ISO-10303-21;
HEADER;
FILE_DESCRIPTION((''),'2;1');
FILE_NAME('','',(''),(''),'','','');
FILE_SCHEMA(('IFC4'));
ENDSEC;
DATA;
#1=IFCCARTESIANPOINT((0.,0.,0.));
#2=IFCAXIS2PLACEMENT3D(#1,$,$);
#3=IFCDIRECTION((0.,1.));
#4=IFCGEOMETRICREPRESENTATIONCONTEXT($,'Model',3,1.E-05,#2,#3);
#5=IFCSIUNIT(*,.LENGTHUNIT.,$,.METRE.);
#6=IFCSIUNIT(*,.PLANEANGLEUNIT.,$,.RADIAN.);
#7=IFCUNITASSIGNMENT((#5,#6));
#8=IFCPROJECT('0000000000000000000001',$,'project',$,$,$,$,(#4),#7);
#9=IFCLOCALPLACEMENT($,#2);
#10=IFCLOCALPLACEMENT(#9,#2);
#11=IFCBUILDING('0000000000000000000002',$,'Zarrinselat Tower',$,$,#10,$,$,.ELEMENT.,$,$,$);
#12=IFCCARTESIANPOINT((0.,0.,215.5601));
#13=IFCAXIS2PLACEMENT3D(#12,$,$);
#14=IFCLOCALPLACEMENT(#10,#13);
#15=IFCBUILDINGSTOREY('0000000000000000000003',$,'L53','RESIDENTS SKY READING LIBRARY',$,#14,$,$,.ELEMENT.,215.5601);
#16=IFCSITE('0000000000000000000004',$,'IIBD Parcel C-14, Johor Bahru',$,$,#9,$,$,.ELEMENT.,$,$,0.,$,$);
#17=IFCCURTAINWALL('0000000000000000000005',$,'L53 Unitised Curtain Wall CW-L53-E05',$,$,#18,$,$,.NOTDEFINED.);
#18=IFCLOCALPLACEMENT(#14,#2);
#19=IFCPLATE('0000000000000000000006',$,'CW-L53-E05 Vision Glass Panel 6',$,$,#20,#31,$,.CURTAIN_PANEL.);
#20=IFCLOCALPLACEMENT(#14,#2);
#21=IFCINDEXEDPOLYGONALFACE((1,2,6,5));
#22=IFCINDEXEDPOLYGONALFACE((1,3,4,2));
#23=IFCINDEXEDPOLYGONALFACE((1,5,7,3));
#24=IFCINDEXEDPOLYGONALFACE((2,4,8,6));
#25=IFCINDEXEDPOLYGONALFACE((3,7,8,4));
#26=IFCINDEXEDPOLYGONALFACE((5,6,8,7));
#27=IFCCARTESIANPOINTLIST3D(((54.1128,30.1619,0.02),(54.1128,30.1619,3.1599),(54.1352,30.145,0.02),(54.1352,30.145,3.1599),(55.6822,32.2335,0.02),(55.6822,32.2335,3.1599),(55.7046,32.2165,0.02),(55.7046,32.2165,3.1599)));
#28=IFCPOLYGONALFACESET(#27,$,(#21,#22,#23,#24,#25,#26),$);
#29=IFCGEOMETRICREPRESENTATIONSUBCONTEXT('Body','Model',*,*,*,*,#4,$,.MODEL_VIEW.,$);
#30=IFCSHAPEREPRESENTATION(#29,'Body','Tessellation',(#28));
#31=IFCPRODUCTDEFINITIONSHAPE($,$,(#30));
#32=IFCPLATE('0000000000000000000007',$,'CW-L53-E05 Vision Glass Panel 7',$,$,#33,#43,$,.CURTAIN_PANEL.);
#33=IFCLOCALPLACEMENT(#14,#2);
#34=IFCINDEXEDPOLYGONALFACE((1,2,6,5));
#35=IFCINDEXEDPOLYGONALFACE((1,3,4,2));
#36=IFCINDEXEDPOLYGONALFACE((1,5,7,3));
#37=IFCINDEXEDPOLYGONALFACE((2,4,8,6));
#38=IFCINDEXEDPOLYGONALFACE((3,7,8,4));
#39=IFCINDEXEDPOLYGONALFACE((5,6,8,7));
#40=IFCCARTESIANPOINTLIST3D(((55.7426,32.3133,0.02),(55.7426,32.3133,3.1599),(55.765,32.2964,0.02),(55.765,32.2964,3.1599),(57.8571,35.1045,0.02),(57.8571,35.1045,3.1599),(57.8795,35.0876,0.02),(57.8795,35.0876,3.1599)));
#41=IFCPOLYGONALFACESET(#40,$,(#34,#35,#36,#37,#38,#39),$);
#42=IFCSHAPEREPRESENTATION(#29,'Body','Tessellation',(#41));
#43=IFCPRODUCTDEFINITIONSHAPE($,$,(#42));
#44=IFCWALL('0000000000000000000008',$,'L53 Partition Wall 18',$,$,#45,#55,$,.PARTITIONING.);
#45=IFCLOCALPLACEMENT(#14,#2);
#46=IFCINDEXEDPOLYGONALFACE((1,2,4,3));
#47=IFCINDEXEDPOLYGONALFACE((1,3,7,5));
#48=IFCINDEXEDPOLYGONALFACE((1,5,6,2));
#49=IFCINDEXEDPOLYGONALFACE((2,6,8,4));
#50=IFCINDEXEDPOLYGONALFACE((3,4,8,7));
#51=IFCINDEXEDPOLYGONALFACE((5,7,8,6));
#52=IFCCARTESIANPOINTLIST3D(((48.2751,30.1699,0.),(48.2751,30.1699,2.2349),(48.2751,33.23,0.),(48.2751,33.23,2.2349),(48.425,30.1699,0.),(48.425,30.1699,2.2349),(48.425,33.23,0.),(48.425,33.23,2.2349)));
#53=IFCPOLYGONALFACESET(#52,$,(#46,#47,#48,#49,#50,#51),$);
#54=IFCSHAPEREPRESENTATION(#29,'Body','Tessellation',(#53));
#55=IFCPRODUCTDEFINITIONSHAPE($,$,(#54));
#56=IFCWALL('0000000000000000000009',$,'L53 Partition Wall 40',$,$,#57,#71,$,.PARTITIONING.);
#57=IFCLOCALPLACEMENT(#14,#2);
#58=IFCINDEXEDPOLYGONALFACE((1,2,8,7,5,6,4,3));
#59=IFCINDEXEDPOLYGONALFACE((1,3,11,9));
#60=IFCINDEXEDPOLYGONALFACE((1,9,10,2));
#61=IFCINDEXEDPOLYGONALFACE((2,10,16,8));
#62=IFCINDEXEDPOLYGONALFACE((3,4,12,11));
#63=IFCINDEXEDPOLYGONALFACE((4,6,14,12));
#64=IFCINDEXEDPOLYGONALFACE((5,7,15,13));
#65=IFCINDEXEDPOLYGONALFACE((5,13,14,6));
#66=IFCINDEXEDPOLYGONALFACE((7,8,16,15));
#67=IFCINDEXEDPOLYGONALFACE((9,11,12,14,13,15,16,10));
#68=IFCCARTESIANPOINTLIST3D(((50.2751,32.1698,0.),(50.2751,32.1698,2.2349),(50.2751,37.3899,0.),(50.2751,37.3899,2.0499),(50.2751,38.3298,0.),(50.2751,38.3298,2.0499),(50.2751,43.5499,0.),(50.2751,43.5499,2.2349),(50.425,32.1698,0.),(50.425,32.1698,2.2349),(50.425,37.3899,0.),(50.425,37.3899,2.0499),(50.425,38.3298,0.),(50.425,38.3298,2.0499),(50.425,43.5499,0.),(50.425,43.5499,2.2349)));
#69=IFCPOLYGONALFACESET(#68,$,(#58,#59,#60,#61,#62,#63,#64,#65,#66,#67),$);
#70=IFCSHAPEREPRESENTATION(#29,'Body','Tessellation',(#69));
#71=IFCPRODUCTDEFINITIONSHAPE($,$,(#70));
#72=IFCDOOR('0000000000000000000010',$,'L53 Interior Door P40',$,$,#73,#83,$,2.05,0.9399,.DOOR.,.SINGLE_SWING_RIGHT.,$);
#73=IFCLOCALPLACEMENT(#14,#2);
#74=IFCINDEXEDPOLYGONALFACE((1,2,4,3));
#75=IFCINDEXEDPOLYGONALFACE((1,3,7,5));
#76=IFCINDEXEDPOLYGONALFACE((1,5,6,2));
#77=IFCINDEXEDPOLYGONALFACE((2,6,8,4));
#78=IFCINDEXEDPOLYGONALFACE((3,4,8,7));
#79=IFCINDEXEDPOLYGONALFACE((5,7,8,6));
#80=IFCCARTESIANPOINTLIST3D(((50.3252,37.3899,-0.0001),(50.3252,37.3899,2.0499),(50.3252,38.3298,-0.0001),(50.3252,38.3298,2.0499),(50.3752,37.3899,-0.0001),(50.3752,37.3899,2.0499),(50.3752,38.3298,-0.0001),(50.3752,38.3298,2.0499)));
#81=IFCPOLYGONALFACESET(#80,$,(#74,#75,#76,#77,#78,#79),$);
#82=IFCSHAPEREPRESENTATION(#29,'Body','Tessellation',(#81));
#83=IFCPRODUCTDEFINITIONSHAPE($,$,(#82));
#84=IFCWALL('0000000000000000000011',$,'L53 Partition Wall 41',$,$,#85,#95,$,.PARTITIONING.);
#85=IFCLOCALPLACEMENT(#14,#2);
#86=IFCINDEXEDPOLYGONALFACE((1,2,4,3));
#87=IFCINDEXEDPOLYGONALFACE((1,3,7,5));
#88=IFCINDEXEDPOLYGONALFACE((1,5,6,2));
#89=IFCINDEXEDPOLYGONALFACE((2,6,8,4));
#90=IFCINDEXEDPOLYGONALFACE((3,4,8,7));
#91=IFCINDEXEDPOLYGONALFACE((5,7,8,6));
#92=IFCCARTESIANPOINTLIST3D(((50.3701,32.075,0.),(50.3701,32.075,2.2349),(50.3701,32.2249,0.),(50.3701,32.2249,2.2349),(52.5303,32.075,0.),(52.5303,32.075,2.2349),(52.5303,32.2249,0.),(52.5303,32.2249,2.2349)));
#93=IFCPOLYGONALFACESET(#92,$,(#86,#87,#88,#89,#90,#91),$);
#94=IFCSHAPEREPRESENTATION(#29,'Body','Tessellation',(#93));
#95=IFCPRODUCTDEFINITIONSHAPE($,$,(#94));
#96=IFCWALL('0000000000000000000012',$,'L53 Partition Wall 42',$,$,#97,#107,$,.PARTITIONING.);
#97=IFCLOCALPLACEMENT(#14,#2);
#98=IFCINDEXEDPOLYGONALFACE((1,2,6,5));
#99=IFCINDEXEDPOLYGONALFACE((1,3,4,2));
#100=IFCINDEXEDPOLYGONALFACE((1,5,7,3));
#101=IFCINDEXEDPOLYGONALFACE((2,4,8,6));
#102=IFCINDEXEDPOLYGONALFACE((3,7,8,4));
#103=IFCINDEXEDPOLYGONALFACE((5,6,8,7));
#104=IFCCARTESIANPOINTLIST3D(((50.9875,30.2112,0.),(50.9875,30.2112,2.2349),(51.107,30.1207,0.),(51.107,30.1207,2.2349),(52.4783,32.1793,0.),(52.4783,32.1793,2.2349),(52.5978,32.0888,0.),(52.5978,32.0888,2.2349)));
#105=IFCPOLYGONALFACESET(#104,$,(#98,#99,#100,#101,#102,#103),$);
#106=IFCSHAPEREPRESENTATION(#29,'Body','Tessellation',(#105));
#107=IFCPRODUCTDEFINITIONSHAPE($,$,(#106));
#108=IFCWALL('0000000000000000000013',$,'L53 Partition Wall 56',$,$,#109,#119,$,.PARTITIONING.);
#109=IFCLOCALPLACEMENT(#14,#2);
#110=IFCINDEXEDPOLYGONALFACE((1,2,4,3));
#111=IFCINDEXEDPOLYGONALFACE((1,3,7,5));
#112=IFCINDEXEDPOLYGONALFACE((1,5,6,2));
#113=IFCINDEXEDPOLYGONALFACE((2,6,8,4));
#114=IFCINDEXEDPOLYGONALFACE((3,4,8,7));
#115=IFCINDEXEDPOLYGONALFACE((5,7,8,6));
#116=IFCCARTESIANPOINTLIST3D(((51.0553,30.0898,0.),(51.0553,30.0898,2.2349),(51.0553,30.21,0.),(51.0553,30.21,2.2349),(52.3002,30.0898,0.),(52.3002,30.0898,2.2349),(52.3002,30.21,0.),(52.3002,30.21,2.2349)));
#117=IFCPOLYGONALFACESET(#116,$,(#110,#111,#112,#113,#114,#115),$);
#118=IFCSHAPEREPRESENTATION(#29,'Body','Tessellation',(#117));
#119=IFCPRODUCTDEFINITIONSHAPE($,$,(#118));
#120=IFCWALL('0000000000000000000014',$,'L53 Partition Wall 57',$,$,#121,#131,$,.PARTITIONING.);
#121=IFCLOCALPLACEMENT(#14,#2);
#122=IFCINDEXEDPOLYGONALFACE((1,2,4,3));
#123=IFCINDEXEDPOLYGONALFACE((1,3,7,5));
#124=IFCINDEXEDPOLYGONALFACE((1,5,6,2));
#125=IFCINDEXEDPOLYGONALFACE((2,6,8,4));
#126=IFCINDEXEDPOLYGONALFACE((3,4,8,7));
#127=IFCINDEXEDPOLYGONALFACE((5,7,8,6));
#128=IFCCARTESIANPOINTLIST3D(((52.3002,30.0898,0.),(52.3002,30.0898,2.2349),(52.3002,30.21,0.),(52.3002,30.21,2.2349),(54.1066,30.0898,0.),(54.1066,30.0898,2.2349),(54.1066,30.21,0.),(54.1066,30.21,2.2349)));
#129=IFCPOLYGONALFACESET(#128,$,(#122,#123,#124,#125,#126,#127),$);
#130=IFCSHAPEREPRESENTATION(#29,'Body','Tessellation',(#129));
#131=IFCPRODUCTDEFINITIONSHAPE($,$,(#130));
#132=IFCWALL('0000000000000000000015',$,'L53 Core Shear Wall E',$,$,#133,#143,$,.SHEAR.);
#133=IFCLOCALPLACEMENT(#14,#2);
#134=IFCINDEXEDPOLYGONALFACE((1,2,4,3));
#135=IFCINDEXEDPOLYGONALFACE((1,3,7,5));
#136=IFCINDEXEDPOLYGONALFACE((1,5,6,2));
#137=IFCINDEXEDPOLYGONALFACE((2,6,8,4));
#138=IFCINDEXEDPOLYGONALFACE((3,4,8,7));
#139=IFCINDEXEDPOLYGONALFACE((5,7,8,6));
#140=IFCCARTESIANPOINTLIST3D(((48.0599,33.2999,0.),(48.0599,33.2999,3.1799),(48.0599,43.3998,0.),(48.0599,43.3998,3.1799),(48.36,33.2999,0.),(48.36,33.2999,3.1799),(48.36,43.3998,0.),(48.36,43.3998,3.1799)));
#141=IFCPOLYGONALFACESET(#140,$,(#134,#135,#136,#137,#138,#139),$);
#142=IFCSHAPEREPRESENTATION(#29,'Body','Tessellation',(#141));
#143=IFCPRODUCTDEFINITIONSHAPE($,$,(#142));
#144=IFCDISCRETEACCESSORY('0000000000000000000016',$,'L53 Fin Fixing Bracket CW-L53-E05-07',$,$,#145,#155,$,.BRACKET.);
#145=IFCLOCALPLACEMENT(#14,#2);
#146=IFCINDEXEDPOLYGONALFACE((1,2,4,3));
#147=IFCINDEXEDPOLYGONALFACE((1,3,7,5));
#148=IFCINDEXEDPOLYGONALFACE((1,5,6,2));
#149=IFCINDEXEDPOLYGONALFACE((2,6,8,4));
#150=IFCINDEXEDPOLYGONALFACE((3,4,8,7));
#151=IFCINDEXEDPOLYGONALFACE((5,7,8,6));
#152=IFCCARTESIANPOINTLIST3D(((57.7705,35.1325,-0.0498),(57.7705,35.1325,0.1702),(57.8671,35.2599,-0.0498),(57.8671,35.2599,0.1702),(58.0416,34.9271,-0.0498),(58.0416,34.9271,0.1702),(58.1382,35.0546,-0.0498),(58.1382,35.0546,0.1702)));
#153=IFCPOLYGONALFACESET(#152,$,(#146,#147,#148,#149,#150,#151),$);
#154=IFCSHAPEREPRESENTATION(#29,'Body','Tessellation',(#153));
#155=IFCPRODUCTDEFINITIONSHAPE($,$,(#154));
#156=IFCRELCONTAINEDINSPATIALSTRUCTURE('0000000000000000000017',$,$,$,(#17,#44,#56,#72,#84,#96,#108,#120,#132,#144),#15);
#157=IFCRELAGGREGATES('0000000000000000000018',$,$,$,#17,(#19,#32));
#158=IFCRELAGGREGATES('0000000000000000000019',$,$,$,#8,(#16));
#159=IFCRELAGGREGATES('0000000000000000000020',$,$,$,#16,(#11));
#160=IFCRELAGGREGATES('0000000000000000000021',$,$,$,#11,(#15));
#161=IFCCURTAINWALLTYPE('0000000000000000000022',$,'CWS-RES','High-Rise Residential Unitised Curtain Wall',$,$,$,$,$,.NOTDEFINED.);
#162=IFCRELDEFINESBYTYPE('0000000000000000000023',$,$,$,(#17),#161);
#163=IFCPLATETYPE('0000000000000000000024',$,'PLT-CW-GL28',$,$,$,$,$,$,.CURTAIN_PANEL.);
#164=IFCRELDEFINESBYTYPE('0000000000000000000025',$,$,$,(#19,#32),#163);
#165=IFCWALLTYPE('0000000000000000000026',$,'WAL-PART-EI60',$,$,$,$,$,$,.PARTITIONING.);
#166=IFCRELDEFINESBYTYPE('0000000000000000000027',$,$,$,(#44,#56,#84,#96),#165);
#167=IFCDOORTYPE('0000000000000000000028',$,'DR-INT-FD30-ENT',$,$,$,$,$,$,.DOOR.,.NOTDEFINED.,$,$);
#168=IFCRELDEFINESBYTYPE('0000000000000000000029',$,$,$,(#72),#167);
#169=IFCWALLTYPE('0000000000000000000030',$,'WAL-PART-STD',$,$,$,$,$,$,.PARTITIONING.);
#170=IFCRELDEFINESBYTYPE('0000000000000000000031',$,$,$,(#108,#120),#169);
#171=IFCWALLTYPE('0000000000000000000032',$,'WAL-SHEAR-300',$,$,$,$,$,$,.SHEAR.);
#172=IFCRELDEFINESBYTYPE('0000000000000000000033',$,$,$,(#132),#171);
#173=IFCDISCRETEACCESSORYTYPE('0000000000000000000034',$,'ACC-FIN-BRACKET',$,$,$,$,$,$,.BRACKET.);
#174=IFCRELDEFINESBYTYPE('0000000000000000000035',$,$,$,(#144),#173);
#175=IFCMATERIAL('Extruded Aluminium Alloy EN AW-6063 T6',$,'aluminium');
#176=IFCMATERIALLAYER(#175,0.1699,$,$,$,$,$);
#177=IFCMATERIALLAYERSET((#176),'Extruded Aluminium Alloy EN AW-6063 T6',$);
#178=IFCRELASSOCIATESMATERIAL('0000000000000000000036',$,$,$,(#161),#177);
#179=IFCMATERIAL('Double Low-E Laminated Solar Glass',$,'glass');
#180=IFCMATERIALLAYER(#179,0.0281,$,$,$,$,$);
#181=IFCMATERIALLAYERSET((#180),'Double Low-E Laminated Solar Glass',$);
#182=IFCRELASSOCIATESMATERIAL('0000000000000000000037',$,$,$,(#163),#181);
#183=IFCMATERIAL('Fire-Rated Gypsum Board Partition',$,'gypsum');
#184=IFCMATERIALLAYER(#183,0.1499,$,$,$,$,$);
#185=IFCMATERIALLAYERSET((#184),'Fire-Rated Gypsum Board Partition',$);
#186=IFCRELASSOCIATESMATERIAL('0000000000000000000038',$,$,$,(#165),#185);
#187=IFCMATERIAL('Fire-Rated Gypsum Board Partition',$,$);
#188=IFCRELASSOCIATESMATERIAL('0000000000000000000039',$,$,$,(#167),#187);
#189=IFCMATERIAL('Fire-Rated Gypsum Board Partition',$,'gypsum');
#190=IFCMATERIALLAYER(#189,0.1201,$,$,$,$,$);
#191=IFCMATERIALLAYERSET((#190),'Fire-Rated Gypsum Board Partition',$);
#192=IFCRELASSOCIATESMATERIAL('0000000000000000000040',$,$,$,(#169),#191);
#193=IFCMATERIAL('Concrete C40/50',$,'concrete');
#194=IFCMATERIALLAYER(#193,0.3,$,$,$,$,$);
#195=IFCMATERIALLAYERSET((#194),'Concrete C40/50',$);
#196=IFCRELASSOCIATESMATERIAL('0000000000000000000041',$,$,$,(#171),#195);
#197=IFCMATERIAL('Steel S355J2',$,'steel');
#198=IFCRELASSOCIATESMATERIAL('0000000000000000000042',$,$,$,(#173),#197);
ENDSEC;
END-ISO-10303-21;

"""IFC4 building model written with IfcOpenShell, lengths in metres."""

from ifc_helpers import new_model, si_unit, direction, frame, frame_2d, origin, origin_2d, place, context, subcontext, project, spatial, rectangle, extrude, material, layer, layer_set, type_object, element, fill, aggregate, save


model = new_model("IFC4")

# Units and contexts
model_context = context("Model", 3, precision=1e-05, world=origin(), true_north=direction((0.0, 1.0)))
body_context = subcontext(model_context, "Body", "Model", "MODEL_VIEW")
ifc_project = project(units=[si_unit("LENGTHUNIT", "METRE"), si_unit("PLANEANGLEUNIT", "RADIAN")], contexts=[model_context])

# Site, building, storey
site_placement = place(None, origin())
site = spatial("IfcSite", under=ifc_project, at=site_placement, Name="IIBD Parcel C-14, Johor Bahru", CompositionType="ELEMENT", RefElevation=0.0)
building_placement = place(site_placement, origin())
building = spatial("IfcBuilding", under=site, at=building_placement, Name="Zarrinselat Tower", CompositionType="ELEMENT")
storey_placement = place(building_placement, frame((0.0, 0.0, 215.5601)))
storey = spatial("IfcBuildingStorey", under=building, at=storey_placement, Name="L53", Description="RESIDENTS SKY READING LIBRARY", CompositionType="ELEMENT", Elevation=215.5601)

# Curtain wall, plates
ifc_material_1 = material(Name="Extruded Aluminium Alloy EN AW-6063 T6", Category="aluminium")
ifc_layer_1 = layer(ifc_material_1, 0.1699)
ifc_layer_set_1 = layer_set([ifc_layer_1], Name="Extruded Aluminium Alloy EN AW-6063 T6")
curtain_wall_type = type_object("IfcCurtainWallType", Name="CWS-RES", Description="High-Rise Residential Unitised Curtain Wall", PredefinedType="NOTDEFINED", material=ifc_layer_set_1)
curtain_wall_placement = place(storey_placement, origin())
curtain_wall = element("IfcCurtainWall", 1, at=curtain_wall_placement, inside=storey, type_object=curtain_wall_type, Name="L53 Unitised Curtain Wall CW-L53-E05", PredefinedType="NOTDEFINED")
ifc_material_2 = material(Name="Double Low-E Laminated Solar Glass", Category="glass")
ifc_layer_2 = layer(ifc_material_2, 0.0281)
ifc_layer_set_2 = layer_set([ifc_layer_2], Name="Double Low-E Laminated Solar Glass")
plate_type = type_object("IfcPlateType", Name="PLT-CW-GL28", PredefinedType="CURTAIN_PANEL", material=ifc_layer_set_2)
plate_1_placement = place(storey_placement, frame((54.9087, 31.1892, 0.02), z_axis=(0.0, 0.0, 1.0), x_axis=(0.603859, 0.797091, 0.0)))
plate_1 = element("IfcPlate", 2, at=plate_1_placement, type_object=plate_type, Name="CW-L53-E05 Vision Glass Panel 6", PredefinedType="CURTAIN_PANEL", context=body_context, shape_type="SweptSolid", body=[
    extrude(rectangle(XDim=2.5989, YDim=0.0281, at=origin_2d()), origin(), (0.0, 0.0, 1.0), 3.1399),
])
plate_2_placement = place(storey_placement, frame((56.811, 33.7004, 0.02), z_axis=(0.0, 0.0, 1.0), x_axis=(0.603859, 0.797091, 0.0)))
plate_2 = element("IfcPlate", 3, at=plate_2_placement, type_object=plate_type, Name="CW-L53-E05 Vision Glass Panel 7", PredefinedType="CURTAIN_PANEL", context=body_context, shape_type="SweptSolid", body=[
    extrude(rectangle(XDim=3.5017, YDim=0.0281, at=origin_2d()), origin(), (0.0, 0.0, 1.0), 3.1399),
])
aggregate(curtain_wall, [plate_1, plate_2])

# Wall
ifc_material_3 = material(Name="Fire-Rated Gypsum Board Partition", Category="gypsum")
ifc_layer_3 = layer(ifc_material_3, 0.1499)
ifc_layer_set_3 = layer_set([ifc_layer_3], Name="Fire-Rated Gypsum Board Partition")
wall_type_1 = type_object("IfcWallType", Name="WAL-PART-EI60", PredefinedType="PARTITIONING", material=ifc_layer_set_3)
wall_1_placement = place(storey_placement, frame((48.3501, 30.1699, 0.0), z_axis=(0.0, 0.0, 1.0), x_axis=(0.0, 1.0, 0.0)))
element("IfcWall", 4, at=wall_1_placement, inside=storey, type_object=wall_type_1, Name="L53 Partition Wall 18", PredefinedType="PARTITIONING", context=body_context, shape_type="SweptSolid", body=[
    extrude(rectangle(XDim=3.0601, YDim=0.1499, at=frame_2d((1.53, 0.0))), origin(), (0.0, 0.0, 1.0), 2.2349),
])

# Wall, opening, door
wall_2_placement = place(storey_placement, frame((50.3501, 32.1699, 0.0), z_axis=(0.0, 0.0, 1.0), x_axis=(0.0, 1.0, 0.0)))
wall_2 = element("IfcWall", 5, at=wall_2_placement, inside=storey, type_object=wall_type_1, Name="L53 Partition Wall 40", PredefinedType="PARTITIONING", context=body_context, shape_type="SweptSolid", body=[
    extrude(rectangle(XDim=11.3801, YDim=0.1499, at=frame_2d((5.6899, 0.0))), origin(), (0.0, 0.0, 1.0), 2.2349),
])
opening_placement = place(wall_2_placement, frame((5.22, 0.0, 0.0)))
opening = element("IfcOpeningElement", 6, at=opening_placement, cuts=wall_2, PredefinedType="OPENING", context=body_context, shape_type="SweptSolid", body=[
    extrude(rectangle(XDim=0.9399, YDim=2.05, at=frame_2d((0.47, 1.0249))), frame((0.0, 0.085, 0.0), z_axis=(0.0, -1.0, 0.0), x_axis=(1.0, 0.0, 0.0)), (0.0, 0.0, 1.0), 0.1699),
])
ifc_material_4 = material(Name="Fire-Rated Gypsum Board Partition")
door_type = type_object("IfcDoorType", Name="DR-INT-FD30-ENT", OperationType="NOTDEFINED", PredefinedType="DOOR", material=ifc_material_4)
door_placement = place(opening_placement, origin())
door = element("IfcDoor", 7, at=door_placement, inside=storey, type_object=door_type, Name="L53 Interior Door P40", OperationType="SINGLE_SWING_RIGHT", OverallHeight=2.05, OverallWidth=0.9399, PredefinedType="DOOR", context=body_context, shape_type="SweptSolid", body=[
    extrude(rectangle(XDim=0.9399, YDim=2.05, at=frame_2d((0.47, 1.0249))), frame((0.0, 0.0249, 0.0), z_axis=(0.0, -1.0, 0.0), x_axis=(1.0, 0.0, 0.0)), (0.0, 0.0, 1.0), 0.05),
])
fill(opening, door)

# Walls
wall_3_placement = place(storey_placement, frame((50.3701, 32.1499, 0.0), z_axis=(0.0, 0.0, 1.0), x_axis=(1.0, 0.0, 0.0)))
element("IfcWall", 8, at=wall_3_placement, inside=storey, type_object=wall_type_1, Name="L53 Partition Wall 41", PredefinedType="PARTITIONING", context=body_context, shape_type="SweptSolid", body=[
    extrude(rectangle(XDim=2.1602, YDim=0.1499, at=frame_2d((1.0801, 0.0))), origin(), (0.0, 0.0, 1.0), 2.2349),
])
wall_4_placement = place(storey_placement, frame((51.0474, 30.166, 0.0), z_axis=(0.0, 0.0, 1.0), x_axis=(0.603806, 0.797131, 0.0)))
element("IfcWall", 9, at=wall_4_placement, inside=storey, type_object=wall_type_1, Name="L53 Partition Wall 42", PredefinedType="PARTITIONING", context=body_context, shape_type="SweptSolid", body=[
    extrude(rectangle(XDim=2.469, YDim=0.1499, at=frame_2d((1.2344, 0.0))), origin(), (0.0, 0.0, 1.0), 2.2349),
])
ifc_material_5 = material(Name="Fire-Rated Gypsum Board Partition", Category="gypsum")
ifc_layer_4 = layer(ifc_material_5, 0.1201)
ifc_layer_set_4 = layer_set([ifc_layer_4], Name="Fire-Rated Gypsum Board Partition")
wall_type_2 = type_object("IfcWallType", Name="WAL-PART-STD", PredefinedType="PARTITIONING", material=ifc_layer_set_4)
wall_5_placement = place(storey_placement, frame((51.0552, 30.1499, 0.0), z_axis=(0.0, 0.0, 1.0), x_axis=(1.0, 0.0, 0.0)))
element("IfcWall", 10, at=wall_5_placement, inside=storey, type_object=wall_type_2, Name="L53 Partition Wall 56", PredefinedType="PARTITIONING", context=body_context, shape_type="SweptSolid", body=[
    extrude(rectangle(XDim=1.2449, YDim=0.1201, at=frame_2d((0.6226, 0.0))), origin(), (0.0, 0.0, 1.0), 2.2349),
])
wall_6_placement = place(storey_placement, frame((52.3, 30.1499, 0.0), z_axis=(0.0, 0.0, 1.0), x_axis=(1.0, 0.0, 0.0)))
element("IfcWall", 11, at=wall_6_placement, inside=storey, type_object=wall_type_2, Name="L53 Partition Wall 57", PredefinedType="PARTITIONING", context=body_context, shape_type="SweptSolid", body=[
    extrude(rectangle(XDim=1.8064, YDim=0.1201, at=frame_2d((0.9033, 0.0))), origin(), (0.0, 0.0, 1.0), 2.2349),
])
ifc_material_6 = material(Name="Concrete C40/50", Category="concrete")
ifc_layer_5 = layer(ifc_material_6, 0.3)
ifc_layer_set_5 = layer_set([ifc_layer_5], Name="Concrete C40/50")
wall_type_3 = type_object("IfcWallType", Name="WAL-SHEAR-300", PredefinedType="SHEAR", material=ifc_layer_set_5)
wall_7_placement = place(storey_placement, frame((48.21, 33.3, 0.0), z_axis=(0.0, 0.0, 1.0), x_axis=(0.0, 1.0, 0.0)))
element("IfcWall", 12, at=wall_7_placement, inside=storey, type_object=wall_type_3, Name="L53 Core Shear Wall E", PredefinedType="SHEAR", context=body_context, shape_type="SweptSolid", body=[
    extrude(rectangle(XDim=10.0999, YDim=0.3, at=frame_2d((5.0498, 0.0))), origin(), (0.0, 0.0, 1.0), 3.1799),
])

# Discrete accessory
ifc_material_7 = material(Name="Steel S355J2", Category="steel")
discrete_accessory_type = type_object("IfcDiscreteAccessoryType", Name="ACC-FIN-BRACKET", PredefinedType="BRACKET", material=ifc_material_7)
discrete_accessory_placement = place(storey_placement, frame((57.9543, 35.0935, -0.0498), z_axis=(0.0, 0.0, 1.0), x_axis=(0.797091, -0.603859, 0.0)))
element("IfcDiscreteAccessory", 13, at=discrete_accessory_placement, inside=storey, type_object=discrete_accessory_type, Name="L53 Fin Fixing Bracket CW-L53-E05-07", PredefinedType="BRACKET", context=body_context, shape_type="SweptSolid", body=[
    extrude(rectangle(XDim=0.3401, YDim=0.1599, at=origin_2d()), origin(), (0.0, 0.0, 1.0), 0.22),
])

save(model, "model.ifc")
